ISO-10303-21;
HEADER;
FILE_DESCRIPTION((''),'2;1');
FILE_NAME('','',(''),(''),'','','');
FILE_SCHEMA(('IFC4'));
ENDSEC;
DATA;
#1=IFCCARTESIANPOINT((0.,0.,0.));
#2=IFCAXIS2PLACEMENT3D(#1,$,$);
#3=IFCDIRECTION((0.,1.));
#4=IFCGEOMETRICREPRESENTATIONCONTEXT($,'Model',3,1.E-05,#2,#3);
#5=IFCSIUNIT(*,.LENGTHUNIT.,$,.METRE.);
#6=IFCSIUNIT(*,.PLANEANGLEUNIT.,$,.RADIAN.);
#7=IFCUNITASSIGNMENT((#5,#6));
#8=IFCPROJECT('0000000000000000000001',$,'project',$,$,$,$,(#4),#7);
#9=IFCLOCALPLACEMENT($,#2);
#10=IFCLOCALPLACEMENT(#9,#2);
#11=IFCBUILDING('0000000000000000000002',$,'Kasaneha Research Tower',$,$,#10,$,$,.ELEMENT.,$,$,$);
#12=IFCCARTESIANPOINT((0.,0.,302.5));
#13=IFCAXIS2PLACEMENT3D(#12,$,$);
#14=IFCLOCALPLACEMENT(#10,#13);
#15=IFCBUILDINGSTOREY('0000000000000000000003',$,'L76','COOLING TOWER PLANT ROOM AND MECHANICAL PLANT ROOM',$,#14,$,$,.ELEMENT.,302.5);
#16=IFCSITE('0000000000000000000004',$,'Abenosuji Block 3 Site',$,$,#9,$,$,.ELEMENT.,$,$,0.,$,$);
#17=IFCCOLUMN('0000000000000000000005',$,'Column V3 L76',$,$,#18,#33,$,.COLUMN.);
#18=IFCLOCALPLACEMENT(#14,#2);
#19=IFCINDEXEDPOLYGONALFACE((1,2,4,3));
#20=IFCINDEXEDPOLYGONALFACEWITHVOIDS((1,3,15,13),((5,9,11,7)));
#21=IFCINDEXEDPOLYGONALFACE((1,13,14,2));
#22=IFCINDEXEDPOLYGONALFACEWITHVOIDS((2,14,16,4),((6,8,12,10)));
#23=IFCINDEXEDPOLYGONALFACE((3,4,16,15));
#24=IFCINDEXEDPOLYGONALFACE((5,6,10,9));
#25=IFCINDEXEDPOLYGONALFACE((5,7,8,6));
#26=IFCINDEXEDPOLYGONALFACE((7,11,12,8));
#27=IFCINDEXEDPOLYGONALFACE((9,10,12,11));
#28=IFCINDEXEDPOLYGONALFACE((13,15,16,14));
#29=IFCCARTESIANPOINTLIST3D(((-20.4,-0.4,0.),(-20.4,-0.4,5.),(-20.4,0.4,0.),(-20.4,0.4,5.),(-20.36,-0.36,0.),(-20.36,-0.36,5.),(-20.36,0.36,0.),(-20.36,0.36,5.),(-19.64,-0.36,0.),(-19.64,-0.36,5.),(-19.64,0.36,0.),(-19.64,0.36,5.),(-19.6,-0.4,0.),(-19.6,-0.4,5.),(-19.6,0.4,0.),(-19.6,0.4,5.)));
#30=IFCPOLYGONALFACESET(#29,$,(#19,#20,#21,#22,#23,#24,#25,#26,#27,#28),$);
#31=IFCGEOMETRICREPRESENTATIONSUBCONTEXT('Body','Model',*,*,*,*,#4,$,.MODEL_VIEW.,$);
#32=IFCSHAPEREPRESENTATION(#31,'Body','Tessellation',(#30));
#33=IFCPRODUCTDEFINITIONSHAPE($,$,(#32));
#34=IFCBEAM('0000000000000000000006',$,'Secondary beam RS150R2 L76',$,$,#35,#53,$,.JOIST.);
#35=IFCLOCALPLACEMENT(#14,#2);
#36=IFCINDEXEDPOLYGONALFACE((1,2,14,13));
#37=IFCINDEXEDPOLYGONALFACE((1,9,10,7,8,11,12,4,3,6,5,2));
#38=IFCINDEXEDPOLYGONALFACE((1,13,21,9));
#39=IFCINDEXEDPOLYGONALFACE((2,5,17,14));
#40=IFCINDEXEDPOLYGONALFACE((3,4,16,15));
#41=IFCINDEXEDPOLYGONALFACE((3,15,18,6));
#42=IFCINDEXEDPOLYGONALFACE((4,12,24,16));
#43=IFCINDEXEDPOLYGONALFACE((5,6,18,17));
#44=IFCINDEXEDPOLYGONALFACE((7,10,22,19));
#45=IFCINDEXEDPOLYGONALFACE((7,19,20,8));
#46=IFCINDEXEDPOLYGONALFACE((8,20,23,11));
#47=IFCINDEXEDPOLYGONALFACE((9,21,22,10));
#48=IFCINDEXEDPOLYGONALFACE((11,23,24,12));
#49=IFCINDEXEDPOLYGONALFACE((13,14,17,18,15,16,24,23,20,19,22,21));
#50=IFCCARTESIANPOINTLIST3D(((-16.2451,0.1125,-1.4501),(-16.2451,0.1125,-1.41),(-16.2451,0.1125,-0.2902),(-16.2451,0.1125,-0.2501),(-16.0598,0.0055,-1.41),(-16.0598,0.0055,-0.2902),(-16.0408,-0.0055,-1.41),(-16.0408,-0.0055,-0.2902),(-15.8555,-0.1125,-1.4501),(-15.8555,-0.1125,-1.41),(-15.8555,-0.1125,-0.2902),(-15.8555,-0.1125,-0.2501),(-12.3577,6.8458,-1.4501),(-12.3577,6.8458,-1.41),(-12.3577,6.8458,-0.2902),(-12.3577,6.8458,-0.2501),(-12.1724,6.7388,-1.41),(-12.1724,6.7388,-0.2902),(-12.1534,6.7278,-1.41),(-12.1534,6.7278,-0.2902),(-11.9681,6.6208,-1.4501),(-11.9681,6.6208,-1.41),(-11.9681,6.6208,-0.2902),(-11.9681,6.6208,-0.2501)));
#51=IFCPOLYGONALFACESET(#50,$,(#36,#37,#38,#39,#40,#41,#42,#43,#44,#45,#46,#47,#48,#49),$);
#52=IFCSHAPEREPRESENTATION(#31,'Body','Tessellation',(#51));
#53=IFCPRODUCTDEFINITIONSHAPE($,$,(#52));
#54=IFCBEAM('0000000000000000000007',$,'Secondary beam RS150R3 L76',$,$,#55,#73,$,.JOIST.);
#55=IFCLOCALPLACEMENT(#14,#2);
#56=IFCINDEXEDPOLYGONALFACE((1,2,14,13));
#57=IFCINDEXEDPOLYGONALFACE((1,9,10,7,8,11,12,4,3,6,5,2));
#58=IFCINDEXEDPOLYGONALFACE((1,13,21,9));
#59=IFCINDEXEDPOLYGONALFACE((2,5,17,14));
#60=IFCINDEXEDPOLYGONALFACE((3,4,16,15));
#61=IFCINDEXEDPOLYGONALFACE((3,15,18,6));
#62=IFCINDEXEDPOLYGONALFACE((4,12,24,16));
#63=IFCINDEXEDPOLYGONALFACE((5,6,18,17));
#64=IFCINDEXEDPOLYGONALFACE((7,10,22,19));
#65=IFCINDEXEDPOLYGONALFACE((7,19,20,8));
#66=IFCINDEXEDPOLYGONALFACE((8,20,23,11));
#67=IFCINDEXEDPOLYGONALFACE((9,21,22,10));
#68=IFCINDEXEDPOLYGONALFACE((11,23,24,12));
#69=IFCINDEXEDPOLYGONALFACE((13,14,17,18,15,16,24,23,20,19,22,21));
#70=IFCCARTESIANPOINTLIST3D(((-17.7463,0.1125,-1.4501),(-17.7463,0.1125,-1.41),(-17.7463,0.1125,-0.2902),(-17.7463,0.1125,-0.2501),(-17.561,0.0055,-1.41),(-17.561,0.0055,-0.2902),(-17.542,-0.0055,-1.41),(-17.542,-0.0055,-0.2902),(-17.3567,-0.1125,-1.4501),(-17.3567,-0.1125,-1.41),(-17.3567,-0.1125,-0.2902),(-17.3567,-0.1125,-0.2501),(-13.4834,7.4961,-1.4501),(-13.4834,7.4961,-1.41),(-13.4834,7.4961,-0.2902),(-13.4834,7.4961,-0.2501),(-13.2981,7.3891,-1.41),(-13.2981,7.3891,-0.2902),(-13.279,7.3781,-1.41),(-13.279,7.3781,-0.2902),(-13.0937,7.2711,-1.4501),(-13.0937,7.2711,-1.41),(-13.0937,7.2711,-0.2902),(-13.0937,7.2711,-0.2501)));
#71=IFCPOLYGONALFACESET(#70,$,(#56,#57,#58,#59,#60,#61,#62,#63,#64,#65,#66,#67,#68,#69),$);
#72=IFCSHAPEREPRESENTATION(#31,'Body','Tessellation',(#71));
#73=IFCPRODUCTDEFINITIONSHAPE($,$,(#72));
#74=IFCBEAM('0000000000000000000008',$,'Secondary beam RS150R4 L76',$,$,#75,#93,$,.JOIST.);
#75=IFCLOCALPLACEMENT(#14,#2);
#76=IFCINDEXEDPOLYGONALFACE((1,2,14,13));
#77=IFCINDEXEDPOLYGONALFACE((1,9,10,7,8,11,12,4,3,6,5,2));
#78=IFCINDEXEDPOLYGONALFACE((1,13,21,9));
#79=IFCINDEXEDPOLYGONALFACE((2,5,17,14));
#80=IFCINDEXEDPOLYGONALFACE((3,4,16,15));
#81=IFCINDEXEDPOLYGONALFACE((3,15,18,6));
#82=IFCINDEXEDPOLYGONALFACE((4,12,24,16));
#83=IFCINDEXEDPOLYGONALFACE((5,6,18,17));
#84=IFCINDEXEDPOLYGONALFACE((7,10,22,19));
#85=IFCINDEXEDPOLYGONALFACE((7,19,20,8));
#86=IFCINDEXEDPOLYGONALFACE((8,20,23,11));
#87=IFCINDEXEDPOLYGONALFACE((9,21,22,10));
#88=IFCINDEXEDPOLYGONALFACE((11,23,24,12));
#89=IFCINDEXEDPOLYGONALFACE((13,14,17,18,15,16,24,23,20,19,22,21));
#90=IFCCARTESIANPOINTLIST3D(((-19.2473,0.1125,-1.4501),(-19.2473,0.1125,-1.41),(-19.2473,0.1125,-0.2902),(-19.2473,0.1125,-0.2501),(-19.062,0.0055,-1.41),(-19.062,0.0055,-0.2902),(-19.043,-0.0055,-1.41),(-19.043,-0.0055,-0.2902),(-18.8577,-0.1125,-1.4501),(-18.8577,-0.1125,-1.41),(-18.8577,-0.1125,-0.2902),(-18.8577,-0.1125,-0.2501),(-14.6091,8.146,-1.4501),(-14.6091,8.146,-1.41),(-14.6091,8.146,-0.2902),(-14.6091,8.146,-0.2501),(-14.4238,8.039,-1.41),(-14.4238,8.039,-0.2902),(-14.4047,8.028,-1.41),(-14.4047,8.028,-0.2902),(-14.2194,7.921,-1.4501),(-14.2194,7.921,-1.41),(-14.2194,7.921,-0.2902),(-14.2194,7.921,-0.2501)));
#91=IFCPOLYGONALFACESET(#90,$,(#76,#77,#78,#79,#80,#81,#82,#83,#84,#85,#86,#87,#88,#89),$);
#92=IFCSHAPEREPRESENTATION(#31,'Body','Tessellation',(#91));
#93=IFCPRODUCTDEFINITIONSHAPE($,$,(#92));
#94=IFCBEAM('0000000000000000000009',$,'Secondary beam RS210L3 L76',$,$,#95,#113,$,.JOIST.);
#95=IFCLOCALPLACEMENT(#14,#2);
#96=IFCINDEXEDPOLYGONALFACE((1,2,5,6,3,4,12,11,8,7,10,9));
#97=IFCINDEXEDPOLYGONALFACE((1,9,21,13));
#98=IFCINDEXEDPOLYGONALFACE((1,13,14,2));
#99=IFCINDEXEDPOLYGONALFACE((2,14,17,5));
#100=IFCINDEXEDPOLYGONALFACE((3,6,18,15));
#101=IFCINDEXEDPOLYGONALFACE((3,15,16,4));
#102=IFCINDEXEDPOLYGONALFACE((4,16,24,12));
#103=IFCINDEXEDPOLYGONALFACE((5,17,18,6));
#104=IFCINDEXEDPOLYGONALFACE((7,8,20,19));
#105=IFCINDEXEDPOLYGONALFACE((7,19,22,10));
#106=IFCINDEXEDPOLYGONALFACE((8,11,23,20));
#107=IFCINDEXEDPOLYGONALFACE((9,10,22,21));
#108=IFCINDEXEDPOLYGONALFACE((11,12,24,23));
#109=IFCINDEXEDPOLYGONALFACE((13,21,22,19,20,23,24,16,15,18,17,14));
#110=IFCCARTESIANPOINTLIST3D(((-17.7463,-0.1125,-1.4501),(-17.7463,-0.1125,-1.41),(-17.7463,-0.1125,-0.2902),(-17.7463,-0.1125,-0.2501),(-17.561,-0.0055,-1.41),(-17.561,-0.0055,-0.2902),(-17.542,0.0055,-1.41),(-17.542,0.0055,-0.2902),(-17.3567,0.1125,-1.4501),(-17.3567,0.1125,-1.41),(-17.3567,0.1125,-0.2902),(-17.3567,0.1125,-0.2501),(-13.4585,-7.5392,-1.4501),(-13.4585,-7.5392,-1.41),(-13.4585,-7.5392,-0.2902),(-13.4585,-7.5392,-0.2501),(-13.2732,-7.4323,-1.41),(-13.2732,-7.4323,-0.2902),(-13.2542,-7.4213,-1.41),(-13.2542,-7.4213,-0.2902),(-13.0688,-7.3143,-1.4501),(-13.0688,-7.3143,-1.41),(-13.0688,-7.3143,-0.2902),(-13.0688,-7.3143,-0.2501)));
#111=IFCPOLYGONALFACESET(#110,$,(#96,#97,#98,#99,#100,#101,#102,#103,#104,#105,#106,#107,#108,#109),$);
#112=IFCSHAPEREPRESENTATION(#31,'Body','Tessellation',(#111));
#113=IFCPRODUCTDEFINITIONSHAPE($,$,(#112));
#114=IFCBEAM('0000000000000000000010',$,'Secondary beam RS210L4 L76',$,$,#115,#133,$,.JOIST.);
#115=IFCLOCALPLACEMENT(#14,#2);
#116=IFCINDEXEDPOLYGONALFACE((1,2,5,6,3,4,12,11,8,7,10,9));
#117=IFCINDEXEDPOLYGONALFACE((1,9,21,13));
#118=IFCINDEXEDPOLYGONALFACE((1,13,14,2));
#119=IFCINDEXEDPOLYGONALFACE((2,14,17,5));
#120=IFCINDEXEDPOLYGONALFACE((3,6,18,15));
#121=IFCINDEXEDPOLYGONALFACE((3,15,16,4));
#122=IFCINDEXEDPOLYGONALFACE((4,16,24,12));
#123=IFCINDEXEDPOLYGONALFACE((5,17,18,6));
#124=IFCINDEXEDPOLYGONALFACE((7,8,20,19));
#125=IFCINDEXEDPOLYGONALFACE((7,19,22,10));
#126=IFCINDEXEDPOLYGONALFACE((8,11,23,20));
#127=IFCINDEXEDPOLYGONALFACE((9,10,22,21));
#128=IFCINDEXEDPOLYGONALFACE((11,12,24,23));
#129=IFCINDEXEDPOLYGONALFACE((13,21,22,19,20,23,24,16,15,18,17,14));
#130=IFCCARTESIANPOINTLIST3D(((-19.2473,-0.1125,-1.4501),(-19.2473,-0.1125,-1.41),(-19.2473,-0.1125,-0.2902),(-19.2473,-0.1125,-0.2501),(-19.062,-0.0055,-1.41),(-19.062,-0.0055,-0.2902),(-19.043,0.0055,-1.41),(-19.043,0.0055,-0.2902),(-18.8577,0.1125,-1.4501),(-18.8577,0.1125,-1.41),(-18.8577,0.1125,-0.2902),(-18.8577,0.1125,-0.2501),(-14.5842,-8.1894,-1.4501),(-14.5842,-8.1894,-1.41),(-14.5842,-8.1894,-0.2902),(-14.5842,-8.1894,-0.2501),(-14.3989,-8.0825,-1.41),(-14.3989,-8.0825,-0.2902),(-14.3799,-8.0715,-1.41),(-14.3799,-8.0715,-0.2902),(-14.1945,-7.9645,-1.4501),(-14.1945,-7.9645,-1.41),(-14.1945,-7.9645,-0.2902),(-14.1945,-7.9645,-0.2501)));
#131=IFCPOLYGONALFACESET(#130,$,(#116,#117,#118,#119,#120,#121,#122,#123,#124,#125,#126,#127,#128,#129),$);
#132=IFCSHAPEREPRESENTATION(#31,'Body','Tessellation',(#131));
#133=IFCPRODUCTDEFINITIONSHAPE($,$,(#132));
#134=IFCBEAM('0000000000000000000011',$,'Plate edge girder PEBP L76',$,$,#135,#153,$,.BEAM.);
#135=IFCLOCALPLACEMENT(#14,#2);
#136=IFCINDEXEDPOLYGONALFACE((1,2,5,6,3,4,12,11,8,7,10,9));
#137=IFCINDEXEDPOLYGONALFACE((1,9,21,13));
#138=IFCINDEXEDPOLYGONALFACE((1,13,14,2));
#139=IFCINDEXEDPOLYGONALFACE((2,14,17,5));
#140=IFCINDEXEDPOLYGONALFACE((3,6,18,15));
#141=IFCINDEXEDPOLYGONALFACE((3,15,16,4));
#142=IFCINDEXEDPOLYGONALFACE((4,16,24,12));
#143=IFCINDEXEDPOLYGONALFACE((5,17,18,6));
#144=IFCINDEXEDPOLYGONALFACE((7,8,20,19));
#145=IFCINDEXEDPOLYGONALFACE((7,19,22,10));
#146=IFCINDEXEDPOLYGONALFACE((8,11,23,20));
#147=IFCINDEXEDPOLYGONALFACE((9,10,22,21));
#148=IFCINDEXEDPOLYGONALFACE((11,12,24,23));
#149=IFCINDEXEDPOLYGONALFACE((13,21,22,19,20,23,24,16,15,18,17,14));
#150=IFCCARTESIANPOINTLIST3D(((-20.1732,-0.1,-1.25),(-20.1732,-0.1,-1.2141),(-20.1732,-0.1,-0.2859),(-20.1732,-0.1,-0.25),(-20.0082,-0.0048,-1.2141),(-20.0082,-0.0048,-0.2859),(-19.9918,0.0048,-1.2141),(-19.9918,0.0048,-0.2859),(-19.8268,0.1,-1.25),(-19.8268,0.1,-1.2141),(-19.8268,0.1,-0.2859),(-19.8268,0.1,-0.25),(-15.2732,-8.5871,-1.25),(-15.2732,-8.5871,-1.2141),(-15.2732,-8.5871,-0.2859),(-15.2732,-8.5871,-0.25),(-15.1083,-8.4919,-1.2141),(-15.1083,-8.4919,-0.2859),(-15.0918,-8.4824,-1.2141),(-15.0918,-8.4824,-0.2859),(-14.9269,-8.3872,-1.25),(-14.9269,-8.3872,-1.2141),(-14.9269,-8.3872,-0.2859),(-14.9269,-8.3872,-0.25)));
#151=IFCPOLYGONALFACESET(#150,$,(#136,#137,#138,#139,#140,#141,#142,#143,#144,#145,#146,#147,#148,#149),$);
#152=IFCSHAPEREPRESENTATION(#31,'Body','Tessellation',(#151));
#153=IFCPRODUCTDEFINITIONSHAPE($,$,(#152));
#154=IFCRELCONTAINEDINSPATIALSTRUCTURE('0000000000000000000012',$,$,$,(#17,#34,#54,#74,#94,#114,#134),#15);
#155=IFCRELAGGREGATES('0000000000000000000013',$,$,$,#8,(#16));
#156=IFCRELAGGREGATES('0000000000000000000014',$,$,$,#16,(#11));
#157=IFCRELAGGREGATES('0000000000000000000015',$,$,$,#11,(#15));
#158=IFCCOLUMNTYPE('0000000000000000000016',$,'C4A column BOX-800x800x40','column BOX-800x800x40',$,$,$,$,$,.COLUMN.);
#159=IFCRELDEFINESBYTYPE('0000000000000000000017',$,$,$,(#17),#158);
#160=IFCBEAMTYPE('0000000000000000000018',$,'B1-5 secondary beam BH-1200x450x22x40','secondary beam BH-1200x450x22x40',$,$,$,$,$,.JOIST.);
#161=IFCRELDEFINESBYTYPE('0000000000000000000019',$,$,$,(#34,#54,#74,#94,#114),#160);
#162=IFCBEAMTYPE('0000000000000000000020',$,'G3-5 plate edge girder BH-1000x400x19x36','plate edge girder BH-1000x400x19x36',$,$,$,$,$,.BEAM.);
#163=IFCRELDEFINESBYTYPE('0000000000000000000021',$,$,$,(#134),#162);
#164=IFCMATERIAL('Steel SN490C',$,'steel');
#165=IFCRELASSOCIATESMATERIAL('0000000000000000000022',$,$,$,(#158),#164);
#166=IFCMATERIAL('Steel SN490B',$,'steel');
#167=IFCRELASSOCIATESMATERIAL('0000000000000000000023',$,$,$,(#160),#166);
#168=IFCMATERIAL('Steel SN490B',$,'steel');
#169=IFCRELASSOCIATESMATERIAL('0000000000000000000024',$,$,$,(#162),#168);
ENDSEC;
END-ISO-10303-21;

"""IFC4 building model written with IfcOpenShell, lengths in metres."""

from ifc_helpers import new_model, si_unit, direction, frame, origin, origin_2d, place, context, subcontext, project, spatial, hollow_rectangle, i_section, extrude, material, material_profile, profile_set, type_object, element, save


model = new_model("IFC4")

# Units and contexts
model_context = context("Model", 3, precision=1e-05, world=origin(), true_north=direction((0.0, 1.0)))
body_context = subcontext(model_context, "Body", "Model", "MODEL_VIEW")
ifc_project = project(units=[si_unit("LENGTHUNIT", "METRE"), si_unit("PLANEANGLEUNIT", "RADIAN")], contexts=[model_context])

# Site, building, storey
site_placement = place(None, origin())
site = spatial("IfcSite", under=ifc_project, at=site_placement, Name="Abenosuji Block 3 Site", CompositionType="ELEMENT", RefElevation=0.0)
building_placement = place(site_placement, origin())
building = spatial("IfcBuilding", under=site, at=building_placement, Name="Kasaneha Research Tower", CompositionType="ELEMENT")
storey_placement = place(building_placement, frame((0.0, 0.0, 302.5)))
storey = spatial("IfcBuildingStorey", under=building, at=storey_placement, Name="L76", Description="COOLING TOWER PLANT ROOM AND MECHANICAL PLANT ROOM", CompositionType="ELEMENT", Elevation=302.5)

# Column
ifc_material_1 = material(Name="Steel SN490C", Category="steel")
ifc_material_profile_1 = material_profile(ifc_material_1, hollow_rectangle(XDim=0.8, YDim=0.8, WallThickness=0.04, at=origin_2d()), Name="BOX-800x800x40")
ifc_profile_set_1 = profile_set([ifc_material_profile_1], Name="Steel SN490C")
column_type = type_object("IfcColumnType", Name="C4A column BOX-800x800x40", Description="column BOX-800x800x40", PredefinedType="COLUMN", material=ifc_profile_set_1)
column_placement = place(storey_placement, frame((-20.0, 0.0, 0.0), z_axis=(0.0, 0.0, 1.0), x_axis=(1.0, 0.0, 0.0)))
element("IfcColumn", 1, at=column_placement, inside=storey, type_object=column_type, Name="Column V3 L76", PredefinedType="COLUMN", context=body_context, shape_type="SweptSolid", body=[
    extrude(hollow_rectangle(XDim=0.8, YDim=0.8, WallThickness=0.04, at=origin_2d()), origin(), (0.0, 0.0, 1.0), 5.0),
])

# Beams
ifc_material_2 = material(Name="Steel SN490B", Category="steel")
ifc_material_profile_2 = material_profile(ifc_material_2, i_section(OverallWidth=0.45, OverallDepth=1.2, WebThickness=0.022, FlangeThickness=0.04, at=origin_2d()), Name="BH-1200x450x22x40")
ifc_profile_set_2 = profile_set([ifc_material_profile_2], Name="Steel SN490B")
beam_type_1 = type_object("IfcBeamType", Name="B1-5 secondary beam BH-1200x450x22x40", Description="secondary beam BH-1200x450x22x40", PredefinedType="JOIST", material=ifc_profile_set_2)
beam_1_placement = place(storey_placement, frame((-16.0503, 0.0, -0.8501), z_axis=(0.499992, 0.86603, 0.0), x_axis=(-0.86603, 0.499992, 0.0)))
element("IfcBeam", 2, at=beam_1_placement, inside=storey, type_object=beam_type_1, Name="Secondary beam RS150R2 L76", PredefinedType="JOIST", context=body_context, shape_type="SweptSolid", body=[
    extrude(i_section(OverallWidth=0.45, OverallDepth=1.2, WebThickness=0.022, FlangeThickness=0.04, at=origin_2d()), origin(), (0.0, 0.0, 1.0), 7.7749),
])
beam_2_placement = place(storey_placement, frame((-17.5515, 0.0, -0.8501), z_axis=(0.500004, 0.866023, 0.0), x_axis=(-0.866023, 0.500004, 0.0)))
element("IfcBeam", 3, at=beam_2_placement, inside=storey, type_object=beam_type_1, Name="Secondary beam RS150R3 L76", PredefinedType="JOIST", context=body_context, shape_type="SweptSolid", body=[
    extrude(i_section(OverallWidth=0.45, OverallDepth=1.2, WebThickness=0.022, FlangeThickness=0.04, at=origin_2d()), origin(), (0.0, 0.0, 1.0), 8.5259),
])
beam_3_placement = place(storey_placement, frame((-19.0525, 0.0, -0.8501), z_axis=(0.500006, 0.866022, 0.0), x_axis=(-0.866022, 0.500006, 0.0)))
element("IfcBeam", 4, at=beam_3_placement, inside=storey, type_object=beam_type_1, Name="Secondary beam RS150R4 L76", PredefinedType="JOIST", context=body_context, shape_type="SweptSolid", body=[
    extrude(i_section(OverallWidth=0.45, OverallDepth=1.2, WebThickness=0.022, FlangeThickness=0.04, at=origin_2d()), origin(), (0.0, 0.0, 1.0), 9.2764),
])
beam_4_placement = place(storey_placement, frame((-17.5515, 0.0, -0.8501), z_axis=(0.5, -0.866025, 0.0), x_axis=(0.866025, 0.5, 0.0)))
element("IfcBeam", 5, at=beam_4_placement, inside=storey, type_object=beam_type_1, Name="Secondary beam RS210L3 L76", PredefinedType="JOIST", context=body_context, shape_type="SweptSolid", body=[
    extrude(i_section(OverallWidth=0.45, OverallDepth=1.2, WebThickness=0.022, FlangeThickness=0.04, at=origin_2d()), origin(), (0.0, 0.0, 1.0), 8.5757),
])
beam_5_placement = place(storey_placement, frame((-19.0525, 0.0, -0.8501), z_axis=(0.499991, -0.866031, 0.0), x_axis=(0.866031, 0.499991, 0.0)))
element("IfcBeam", 6, at=beam_5_placement, inside=storey, type_object=beam_type_1, Name="Secondary beam RS210L4 L76", PredefinedType="JOIST", context=body_context, shape_type="SweptSolid", body=[
    extrude(i_section(OverallWidth=0.45, OverallDepth=1.2, WebThickness=0.022, FlangeThickness=0.04, at=origin_2d()), origin(), (0.0, 0.0, 1.0), 9.3264),
])
ifc_material_3 = material(Name="Steel SN490B", Category="steel")
ifc_material_profile_3 = material_profile(ifc_material_3, i_section(OverallWidth=0.3999, OverallDepth=1.0, WebThickness=0.019, FlangeThickness=0.0359, at=origin_2d()), Name="BH-1000x400x19x36")
ifc_profile_set_3 = profile_set([ifc_material_profile_3], Name="Steel SN490B")
beam_type_2 = type_object("IfcBeamType", Name="G3-5 plate edge girder BH-1000x400x19x36", Description="plate edge girder BH-1000x400x19x36", PredefinedType="BEAM", material=ifc_profile_set_3)
beam_6_placement = place(storey_placement, frame((-20.0, 0.0, -0.75), z_axis=(0.499992, -0.86603, 0.0), x_axis=(0.86603, 0.499992, 0.0)))
element("IfcBeam", 7, at=beam_6_placement, inside=storey, type_object=beam_type_2, Name="Plate edge girder PEBP L76", PredefinedType="BEAM", context=body_context, shape_type="SweptSolid", body=[
    extrude(i_section(OverallWidth=0.3999, OverallDepth=1.0, WebThickness=0.019, FlangeThickness=0.0359, at=origin_2d()), origin(), (0.0, 0.0, 1.0), 9.8),
])

save(model, "model.ifc")
